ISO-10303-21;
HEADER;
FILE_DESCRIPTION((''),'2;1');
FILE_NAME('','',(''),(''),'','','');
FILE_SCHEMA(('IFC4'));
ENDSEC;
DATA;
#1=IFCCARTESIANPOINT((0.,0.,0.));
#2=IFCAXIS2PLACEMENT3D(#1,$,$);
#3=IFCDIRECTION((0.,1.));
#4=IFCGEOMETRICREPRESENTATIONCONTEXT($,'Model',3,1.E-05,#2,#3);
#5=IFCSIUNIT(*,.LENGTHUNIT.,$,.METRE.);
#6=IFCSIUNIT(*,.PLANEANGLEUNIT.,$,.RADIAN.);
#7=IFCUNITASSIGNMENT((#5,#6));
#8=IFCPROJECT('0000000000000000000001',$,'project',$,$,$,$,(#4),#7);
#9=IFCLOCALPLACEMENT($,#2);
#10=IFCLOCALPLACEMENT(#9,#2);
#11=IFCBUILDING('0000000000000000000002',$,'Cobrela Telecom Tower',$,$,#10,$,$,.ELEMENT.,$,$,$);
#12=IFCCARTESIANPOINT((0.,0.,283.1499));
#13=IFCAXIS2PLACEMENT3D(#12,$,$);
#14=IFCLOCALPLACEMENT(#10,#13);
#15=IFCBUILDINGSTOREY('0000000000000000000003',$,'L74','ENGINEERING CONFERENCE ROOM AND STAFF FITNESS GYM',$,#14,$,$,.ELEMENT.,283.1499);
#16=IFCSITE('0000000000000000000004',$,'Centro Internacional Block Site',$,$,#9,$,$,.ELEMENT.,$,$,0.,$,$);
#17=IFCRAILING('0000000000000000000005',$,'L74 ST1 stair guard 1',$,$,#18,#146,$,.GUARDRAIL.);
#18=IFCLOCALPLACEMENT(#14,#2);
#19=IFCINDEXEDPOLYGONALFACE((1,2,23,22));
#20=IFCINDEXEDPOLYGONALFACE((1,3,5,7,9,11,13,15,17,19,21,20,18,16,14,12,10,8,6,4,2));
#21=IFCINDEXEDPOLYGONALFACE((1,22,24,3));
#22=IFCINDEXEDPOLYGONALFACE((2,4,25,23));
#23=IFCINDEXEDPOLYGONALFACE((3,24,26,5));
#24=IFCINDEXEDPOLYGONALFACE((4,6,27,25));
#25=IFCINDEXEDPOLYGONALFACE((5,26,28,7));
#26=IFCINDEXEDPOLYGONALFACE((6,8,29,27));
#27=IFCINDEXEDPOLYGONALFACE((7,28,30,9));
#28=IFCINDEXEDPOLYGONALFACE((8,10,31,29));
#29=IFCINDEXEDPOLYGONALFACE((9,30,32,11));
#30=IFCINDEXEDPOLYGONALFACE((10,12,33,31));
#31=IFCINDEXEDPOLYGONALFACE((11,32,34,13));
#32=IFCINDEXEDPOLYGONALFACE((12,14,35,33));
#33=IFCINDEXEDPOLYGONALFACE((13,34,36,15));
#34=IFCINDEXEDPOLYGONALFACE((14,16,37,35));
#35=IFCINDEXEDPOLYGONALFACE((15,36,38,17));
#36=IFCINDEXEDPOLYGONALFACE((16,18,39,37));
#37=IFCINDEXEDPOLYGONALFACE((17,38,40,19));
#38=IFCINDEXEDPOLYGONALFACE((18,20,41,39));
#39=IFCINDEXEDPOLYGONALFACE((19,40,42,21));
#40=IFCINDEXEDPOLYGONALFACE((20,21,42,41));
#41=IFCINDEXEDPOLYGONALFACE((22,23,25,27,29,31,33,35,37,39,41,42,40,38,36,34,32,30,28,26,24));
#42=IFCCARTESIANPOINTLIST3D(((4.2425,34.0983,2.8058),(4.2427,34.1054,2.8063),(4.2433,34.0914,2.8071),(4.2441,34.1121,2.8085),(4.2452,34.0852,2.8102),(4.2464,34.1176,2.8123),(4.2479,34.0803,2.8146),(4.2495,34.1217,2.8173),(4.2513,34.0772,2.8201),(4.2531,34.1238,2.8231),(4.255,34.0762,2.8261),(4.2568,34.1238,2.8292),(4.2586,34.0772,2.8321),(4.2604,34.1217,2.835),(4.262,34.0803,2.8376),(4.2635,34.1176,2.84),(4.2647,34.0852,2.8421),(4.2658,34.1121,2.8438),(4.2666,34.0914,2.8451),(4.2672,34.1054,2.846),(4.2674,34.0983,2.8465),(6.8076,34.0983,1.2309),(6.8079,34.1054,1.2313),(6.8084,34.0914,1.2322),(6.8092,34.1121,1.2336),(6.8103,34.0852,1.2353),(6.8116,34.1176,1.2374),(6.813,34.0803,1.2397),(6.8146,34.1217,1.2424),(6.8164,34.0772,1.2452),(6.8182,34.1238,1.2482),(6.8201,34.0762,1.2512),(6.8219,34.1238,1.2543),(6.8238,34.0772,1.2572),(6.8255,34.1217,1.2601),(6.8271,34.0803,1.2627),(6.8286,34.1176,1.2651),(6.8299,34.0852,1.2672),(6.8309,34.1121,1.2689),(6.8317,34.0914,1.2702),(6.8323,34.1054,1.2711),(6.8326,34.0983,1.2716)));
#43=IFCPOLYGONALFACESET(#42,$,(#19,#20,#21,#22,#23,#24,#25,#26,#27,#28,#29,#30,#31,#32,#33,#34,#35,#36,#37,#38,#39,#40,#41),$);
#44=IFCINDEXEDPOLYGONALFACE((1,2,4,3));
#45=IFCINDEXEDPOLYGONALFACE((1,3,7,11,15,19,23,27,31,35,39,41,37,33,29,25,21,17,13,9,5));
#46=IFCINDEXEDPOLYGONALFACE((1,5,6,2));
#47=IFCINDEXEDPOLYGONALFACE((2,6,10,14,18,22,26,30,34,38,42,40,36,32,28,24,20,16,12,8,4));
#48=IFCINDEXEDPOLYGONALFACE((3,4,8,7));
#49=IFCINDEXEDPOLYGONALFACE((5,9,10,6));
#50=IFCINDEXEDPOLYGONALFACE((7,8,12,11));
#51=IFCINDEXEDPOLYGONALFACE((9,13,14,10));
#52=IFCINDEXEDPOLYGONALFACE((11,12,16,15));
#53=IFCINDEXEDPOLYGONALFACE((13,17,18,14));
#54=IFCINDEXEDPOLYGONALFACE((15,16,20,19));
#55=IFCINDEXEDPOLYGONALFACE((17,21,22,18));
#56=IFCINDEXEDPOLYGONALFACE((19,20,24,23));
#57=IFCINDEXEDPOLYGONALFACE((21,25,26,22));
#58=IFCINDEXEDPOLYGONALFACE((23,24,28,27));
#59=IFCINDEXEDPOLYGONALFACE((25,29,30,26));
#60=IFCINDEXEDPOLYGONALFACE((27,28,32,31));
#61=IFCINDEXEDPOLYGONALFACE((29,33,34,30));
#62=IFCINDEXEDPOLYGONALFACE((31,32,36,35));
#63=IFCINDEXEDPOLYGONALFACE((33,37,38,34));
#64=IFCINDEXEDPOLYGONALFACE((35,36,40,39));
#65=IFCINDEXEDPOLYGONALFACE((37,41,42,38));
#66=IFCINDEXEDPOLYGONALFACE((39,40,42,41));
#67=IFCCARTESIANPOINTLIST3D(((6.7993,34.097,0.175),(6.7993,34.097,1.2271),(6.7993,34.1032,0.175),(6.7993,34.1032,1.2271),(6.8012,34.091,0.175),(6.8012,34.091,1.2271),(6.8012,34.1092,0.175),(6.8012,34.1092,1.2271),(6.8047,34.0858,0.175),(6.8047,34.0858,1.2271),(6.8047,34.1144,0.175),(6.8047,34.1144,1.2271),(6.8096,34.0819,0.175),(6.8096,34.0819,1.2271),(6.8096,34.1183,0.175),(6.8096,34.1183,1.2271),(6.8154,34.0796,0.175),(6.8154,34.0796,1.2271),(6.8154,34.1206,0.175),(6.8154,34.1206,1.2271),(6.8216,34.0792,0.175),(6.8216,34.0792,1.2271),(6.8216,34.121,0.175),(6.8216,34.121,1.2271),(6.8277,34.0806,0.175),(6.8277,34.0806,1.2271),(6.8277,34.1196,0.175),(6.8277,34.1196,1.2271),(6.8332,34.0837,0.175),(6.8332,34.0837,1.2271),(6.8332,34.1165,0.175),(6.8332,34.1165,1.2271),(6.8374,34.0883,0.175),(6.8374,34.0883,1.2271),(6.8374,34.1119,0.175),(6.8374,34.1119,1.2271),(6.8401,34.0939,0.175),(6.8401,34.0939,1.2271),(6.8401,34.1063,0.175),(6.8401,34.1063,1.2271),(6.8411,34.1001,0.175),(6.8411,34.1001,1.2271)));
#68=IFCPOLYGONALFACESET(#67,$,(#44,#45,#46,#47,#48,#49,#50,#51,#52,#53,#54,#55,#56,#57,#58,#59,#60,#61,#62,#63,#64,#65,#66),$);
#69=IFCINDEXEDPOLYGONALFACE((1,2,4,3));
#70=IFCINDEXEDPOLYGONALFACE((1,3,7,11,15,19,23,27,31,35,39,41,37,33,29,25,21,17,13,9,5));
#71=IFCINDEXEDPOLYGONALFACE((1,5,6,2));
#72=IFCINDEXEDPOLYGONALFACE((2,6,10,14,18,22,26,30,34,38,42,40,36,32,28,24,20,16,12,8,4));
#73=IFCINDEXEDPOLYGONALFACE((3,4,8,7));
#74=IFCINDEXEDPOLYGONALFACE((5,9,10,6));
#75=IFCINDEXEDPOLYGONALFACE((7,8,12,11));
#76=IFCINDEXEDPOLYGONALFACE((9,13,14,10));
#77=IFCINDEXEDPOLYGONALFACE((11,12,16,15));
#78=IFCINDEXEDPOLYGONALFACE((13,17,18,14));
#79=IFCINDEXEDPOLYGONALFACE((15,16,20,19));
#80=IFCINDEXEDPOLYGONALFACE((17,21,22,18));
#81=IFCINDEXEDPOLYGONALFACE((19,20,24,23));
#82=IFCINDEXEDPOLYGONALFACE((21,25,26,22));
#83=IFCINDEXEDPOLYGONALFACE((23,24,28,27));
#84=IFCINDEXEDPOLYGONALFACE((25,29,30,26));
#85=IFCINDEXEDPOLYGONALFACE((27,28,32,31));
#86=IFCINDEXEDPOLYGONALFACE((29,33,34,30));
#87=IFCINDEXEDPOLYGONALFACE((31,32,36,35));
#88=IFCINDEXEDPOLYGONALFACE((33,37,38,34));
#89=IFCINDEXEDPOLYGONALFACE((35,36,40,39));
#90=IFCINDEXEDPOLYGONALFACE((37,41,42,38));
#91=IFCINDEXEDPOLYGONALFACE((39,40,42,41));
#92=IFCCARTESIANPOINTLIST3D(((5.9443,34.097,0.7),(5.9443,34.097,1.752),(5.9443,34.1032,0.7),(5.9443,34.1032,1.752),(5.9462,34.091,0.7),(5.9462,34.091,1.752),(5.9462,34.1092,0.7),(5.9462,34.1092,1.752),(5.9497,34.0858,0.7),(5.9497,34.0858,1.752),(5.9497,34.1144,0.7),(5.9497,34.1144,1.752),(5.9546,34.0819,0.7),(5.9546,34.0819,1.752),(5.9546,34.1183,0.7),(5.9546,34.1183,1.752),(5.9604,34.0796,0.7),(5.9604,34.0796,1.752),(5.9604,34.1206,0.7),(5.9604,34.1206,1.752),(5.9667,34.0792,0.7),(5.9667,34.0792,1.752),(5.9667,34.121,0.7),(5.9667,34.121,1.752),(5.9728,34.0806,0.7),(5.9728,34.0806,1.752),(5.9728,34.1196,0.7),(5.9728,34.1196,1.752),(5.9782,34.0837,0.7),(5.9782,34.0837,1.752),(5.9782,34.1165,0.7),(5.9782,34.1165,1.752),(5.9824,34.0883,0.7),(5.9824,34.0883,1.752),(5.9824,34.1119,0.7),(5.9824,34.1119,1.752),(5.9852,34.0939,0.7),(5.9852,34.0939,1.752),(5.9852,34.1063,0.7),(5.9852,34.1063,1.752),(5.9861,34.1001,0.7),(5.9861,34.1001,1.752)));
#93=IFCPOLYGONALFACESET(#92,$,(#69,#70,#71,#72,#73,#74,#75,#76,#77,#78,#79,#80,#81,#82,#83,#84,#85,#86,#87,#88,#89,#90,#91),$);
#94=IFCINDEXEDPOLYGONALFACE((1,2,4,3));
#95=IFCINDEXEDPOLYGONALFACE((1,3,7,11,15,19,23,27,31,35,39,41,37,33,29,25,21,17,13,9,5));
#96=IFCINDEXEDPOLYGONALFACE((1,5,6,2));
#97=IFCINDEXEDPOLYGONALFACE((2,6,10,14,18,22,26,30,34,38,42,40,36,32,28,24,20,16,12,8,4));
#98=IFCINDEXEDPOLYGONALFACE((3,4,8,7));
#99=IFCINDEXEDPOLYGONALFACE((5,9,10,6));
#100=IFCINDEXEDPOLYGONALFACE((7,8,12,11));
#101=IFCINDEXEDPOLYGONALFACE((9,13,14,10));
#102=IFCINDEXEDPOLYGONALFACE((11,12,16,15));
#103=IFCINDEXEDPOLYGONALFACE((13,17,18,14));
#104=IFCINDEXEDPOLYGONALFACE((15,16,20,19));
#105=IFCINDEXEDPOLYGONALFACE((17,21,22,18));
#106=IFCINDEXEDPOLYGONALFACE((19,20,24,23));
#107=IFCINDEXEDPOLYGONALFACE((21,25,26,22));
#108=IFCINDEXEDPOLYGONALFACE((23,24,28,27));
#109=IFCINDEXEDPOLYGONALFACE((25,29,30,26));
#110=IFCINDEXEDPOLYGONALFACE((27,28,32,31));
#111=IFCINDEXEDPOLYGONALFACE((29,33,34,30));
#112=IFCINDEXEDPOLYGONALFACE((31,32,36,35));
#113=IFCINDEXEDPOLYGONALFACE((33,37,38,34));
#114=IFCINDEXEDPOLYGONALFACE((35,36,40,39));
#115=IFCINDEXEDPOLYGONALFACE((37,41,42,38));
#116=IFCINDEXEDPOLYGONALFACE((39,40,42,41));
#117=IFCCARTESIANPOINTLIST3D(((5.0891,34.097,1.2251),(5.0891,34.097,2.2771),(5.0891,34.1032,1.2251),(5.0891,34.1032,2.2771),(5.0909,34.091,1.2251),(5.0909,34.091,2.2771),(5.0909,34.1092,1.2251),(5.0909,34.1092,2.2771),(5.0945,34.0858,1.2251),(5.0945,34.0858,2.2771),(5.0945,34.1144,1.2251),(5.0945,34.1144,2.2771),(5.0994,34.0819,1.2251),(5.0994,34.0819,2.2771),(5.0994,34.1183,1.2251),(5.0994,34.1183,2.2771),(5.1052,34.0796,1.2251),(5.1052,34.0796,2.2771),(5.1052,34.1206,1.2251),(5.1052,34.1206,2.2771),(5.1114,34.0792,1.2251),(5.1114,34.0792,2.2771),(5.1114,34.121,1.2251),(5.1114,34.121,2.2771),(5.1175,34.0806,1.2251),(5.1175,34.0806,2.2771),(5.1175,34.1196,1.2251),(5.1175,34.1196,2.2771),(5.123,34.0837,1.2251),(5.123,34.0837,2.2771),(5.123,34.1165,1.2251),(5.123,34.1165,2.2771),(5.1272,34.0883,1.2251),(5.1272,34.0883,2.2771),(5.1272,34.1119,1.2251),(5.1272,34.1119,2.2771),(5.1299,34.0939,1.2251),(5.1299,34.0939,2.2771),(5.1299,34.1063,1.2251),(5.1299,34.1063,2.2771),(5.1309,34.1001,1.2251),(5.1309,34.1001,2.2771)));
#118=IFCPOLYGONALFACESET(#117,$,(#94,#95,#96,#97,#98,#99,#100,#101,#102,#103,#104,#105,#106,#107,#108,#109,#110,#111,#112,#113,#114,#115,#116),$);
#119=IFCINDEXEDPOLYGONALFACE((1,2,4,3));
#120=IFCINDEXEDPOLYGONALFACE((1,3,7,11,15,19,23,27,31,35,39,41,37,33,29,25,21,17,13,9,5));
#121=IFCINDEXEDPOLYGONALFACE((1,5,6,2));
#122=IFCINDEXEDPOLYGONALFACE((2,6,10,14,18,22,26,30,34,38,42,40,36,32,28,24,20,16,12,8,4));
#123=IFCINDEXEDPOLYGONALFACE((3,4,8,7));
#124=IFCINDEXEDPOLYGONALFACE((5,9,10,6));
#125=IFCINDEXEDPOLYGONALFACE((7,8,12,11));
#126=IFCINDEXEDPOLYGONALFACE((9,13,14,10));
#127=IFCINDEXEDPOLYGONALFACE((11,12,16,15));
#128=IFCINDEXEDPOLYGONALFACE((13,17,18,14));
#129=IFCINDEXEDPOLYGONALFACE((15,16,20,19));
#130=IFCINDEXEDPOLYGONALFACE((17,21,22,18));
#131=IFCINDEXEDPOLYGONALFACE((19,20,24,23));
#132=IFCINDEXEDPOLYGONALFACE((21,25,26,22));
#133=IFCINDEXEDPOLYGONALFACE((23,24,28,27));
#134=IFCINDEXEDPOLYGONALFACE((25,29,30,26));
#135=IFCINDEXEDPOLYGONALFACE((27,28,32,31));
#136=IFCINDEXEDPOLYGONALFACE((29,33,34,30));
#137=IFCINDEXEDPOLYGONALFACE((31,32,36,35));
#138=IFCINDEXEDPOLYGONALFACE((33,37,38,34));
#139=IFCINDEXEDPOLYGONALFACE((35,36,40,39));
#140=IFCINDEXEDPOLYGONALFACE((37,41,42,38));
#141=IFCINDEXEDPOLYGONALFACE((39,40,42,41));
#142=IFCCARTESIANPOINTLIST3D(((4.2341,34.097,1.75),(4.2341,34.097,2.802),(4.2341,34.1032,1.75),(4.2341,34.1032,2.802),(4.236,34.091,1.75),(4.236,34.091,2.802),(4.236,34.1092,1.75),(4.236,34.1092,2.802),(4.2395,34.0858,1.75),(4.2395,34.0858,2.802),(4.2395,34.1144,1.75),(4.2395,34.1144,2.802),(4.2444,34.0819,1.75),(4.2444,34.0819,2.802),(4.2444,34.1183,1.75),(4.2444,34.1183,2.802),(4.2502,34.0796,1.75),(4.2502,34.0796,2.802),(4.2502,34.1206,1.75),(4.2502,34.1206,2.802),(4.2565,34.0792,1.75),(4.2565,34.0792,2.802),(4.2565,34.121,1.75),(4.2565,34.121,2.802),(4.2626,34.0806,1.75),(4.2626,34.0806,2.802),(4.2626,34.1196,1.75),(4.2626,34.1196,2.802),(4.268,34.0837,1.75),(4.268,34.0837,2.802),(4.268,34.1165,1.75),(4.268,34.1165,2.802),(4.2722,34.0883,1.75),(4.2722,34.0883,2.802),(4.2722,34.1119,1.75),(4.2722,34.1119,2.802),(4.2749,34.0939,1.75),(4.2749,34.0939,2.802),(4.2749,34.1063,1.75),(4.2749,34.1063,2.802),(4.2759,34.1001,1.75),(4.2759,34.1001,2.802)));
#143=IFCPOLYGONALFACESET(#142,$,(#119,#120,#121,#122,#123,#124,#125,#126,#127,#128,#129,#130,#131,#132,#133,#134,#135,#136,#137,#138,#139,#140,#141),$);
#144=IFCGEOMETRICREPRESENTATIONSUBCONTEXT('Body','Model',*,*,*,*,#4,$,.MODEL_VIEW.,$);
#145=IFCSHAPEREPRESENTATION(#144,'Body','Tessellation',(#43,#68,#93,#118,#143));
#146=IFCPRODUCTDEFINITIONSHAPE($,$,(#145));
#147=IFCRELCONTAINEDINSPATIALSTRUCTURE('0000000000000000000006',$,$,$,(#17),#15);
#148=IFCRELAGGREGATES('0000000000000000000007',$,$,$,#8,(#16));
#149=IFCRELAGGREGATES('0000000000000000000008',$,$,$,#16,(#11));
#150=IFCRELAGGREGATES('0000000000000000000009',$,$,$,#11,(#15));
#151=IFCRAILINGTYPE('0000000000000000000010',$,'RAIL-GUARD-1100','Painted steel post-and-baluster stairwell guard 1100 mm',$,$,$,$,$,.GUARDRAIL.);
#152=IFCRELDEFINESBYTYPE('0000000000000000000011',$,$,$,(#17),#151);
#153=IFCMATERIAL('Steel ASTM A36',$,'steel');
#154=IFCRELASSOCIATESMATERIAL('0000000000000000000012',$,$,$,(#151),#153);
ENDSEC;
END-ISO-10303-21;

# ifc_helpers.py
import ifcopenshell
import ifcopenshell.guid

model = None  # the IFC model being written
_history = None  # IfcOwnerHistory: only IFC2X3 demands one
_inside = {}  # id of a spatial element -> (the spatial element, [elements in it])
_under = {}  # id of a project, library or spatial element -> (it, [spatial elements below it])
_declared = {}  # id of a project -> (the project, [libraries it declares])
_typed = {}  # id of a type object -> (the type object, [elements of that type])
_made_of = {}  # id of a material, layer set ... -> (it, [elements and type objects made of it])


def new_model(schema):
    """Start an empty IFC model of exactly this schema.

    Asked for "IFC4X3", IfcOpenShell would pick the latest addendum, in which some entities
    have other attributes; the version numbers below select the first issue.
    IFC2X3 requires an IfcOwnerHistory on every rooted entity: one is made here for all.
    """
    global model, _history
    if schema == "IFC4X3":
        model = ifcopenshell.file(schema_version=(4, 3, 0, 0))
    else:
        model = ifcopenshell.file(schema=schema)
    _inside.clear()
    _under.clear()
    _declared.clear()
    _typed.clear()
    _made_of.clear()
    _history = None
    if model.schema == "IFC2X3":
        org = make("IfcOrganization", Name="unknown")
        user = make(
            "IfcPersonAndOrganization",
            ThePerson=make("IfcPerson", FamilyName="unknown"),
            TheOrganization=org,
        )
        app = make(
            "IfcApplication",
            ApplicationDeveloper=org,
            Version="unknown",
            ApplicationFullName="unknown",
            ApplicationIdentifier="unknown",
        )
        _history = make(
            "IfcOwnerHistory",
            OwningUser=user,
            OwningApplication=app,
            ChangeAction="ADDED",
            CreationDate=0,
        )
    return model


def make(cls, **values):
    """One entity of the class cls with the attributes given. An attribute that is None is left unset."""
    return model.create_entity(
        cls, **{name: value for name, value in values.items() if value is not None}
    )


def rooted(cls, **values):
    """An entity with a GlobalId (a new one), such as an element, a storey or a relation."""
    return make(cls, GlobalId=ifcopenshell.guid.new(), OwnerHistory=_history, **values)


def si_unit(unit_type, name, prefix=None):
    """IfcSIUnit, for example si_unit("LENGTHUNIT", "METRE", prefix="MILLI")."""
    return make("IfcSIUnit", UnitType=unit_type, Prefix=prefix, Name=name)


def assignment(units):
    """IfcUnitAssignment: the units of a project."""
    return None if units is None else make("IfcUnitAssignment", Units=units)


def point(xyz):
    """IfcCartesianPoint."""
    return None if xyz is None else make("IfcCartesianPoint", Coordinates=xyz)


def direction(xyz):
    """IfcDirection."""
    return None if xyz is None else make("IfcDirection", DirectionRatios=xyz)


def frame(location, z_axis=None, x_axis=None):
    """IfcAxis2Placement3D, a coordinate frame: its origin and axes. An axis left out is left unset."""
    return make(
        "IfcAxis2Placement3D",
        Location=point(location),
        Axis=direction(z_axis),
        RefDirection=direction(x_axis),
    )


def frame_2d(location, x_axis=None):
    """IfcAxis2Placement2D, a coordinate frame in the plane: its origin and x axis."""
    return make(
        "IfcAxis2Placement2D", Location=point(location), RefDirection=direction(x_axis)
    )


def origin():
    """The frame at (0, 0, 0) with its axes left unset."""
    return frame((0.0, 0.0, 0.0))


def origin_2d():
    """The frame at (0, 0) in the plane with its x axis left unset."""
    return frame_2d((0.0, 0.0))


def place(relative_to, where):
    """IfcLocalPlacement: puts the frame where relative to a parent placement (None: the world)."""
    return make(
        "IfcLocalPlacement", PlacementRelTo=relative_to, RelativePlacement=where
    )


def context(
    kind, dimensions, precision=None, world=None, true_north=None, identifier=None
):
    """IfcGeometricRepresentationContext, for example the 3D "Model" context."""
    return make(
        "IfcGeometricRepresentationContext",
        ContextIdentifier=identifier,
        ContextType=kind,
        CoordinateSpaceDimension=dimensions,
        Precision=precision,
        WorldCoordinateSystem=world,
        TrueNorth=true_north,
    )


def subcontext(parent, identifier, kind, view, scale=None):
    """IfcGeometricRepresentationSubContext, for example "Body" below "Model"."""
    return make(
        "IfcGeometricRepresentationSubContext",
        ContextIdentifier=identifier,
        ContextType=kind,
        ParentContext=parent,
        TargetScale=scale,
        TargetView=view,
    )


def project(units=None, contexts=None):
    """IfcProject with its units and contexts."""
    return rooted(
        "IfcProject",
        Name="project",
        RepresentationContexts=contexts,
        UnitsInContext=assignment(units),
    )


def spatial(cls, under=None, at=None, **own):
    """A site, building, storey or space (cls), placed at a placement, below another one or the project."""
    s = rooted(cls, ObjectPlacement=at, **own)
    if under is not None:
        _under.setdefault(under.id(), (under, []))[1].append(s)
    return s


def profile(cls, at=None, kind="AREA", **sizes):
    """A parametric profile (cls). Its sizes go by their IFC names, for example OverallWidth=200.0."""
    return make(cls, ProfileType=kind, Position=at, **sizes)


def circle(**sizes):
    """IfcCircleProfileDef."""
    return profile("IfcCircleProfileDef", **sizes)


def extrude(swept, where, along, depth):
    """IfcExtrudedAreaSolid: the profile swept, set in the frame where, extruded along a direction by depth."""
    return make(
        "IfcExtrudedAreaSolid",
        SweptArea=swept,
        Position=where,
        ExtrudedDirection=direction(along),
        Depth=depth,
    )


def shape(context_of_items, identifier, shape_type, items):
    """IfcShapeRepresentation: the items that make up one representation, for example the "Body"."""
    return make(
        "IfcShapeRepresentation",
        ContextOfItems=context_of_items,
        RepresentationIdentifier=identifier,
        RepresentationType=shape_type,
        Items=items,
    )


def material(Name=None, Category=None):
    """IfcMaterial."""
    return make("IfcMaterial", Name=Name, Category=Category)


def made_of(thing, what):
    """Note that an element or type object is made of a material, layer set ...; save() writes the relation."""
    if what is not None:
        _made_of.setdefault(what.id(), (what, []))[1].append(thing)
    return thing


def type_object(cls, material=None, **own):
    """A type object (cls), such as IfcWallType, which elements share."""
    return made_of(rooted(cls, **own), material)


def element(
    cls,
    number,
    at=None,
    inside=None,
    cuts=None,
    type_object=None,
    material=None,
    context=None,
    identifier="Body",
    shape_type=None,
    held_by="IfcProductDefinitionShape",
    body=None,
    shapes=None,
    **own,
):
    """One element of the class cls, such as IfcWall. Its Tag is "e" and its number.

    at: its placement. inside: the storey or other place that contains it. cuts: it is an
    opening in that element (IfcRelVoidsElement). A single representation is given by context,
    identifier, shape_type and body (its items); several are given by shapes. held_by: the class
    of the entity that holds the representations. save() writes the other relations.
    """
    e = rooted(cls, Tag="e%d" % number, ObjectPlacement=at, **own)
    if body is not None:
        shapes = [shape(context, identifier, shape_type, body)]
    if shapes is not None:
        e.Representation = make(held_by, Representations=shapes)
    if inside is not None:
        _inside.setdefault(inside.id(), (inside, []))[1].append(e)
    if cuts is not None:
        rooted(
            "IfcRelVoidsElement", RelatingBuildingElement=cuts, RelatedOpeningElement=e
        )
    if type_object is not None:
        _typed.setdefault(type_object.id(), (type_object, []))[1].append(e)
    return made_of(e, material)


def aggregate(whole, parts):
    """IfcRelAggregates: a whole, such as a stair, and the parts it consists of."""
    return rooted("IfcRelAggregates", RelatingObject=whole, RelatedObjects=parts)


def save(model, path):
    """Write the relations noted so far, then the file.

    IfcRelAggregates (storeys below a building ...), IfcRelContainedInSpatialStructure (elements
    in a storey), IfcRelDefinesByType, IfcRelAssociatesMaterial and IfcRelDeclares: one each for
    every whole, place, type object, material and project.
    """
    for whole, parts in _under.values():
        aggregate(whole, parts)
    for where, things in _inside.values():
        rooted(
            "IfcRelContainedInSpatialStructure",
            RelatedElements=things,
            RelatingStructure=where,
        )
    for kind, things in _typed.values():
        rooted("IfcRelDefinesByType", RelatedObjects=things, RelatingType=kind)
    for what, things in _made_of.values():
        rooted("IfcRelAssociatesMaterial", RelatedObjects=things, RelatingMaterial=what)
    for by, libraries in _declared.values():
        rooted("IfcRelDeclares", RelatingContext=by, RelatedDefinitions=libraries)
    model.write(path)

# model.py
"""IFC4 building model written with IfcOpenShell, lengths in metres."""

from ifc_helpers import new_model, si_unit, direction, frame, origin, origin_2d, place, context, subcontext, project, spatial, circle, extrude, material, type_object, element, save


model = new_model("IFC4")

# Units and contexts
model_context = context("Model", 3, precision=1e-05, world=origin(), true_north=direction((0.0, 1.0)))
body_context = subcontext(model_context, "Body", "Model", "MODEL_VIEW")
ifc_project = project(units=[si_unit("LENGTHUNIT", "METRE"), si_unit("PLANEANGLEUNIT", "RADIAN")], contexts=[model_context])

# Site, building, storey
site_placement = place(None, origin())
site = spatial("IfcSite", under=ifc_project, at=site_placement, Name="Centro Internacional Block Site", CompositionType="ELEMENT", RefElevation=0.0)
building_placement = place(site_placement, origin())
building = spatial("IfcBuilding", under=site, at=building_placement, Name="Cobrela Telecom Tower", CompositionType="ELEMENT")
storey_placement = place(building_placement, frame((0.0, 0.0, 283.1499)))
storey = spatial("IfcBuildingStorey", under=building, at=storey_placement, Name="L74", Description="ENGINEERING CONFERENCE ROOM AND STAFF FITNESS GYM", CompositionType="ELEMENT", Elevation=283.1499)

# Shared definitions
ifc_material_1 = material(Name="Steel ASTM A36", Category="steel")

# Railing
railing_type_1 = type_object("IfcRailingType", Name="RAIL-GUARD-1100", Description="Painted steel post-and-baluster stairwell guard 1100 mm", PredefinedType="GUARDRAIL", material=ifc_material_1)
railing_1_placement = place(storey_placement, frame((6.8201, 34.1001, 0.175)))
element("IfcRailing", 1, at=railing_1_placement, inside=storey, type_object=railing_type_1, Name="L74 ST1 stair guard 1", PredefinedType="GUARDRAIL", context=body_context, shape_type="SweptSolid", body=[
    extrude(circle(Radius=0.0239, at=origin_2d()), frame((0.0, 0.0, 1.0762), z_axis=(-0.852195, 0.0, 0.523224), x_axis=(0.0, -1.0, 0.0)), (0.0, 0.0, 1.0), 3.01),
    extrude(circle(Radius=0.021, at=origin_2d()), origin(), (0.0, 0.0, 1.0), 1.052),
    extrude(circle(Radius=0.021, at=origin_2d()), frame((-0.855, 0.0, 0.5249)), (0.0, 0.0, 1.0), 1.052),
    extrude(circle(Radius=0.021, at=origin_2d()), frame((-1.7102, 0.0, 1.05)), (0.0, 0.0, 1.0), 1.052),
    extrude(circle(Radius=0.021, at=origin_2d()), frame((-2.5652, 0.0, 1.575)), (0.0, 0.0, 1.0), 1.052),
])

save(model, "model.ifc")
